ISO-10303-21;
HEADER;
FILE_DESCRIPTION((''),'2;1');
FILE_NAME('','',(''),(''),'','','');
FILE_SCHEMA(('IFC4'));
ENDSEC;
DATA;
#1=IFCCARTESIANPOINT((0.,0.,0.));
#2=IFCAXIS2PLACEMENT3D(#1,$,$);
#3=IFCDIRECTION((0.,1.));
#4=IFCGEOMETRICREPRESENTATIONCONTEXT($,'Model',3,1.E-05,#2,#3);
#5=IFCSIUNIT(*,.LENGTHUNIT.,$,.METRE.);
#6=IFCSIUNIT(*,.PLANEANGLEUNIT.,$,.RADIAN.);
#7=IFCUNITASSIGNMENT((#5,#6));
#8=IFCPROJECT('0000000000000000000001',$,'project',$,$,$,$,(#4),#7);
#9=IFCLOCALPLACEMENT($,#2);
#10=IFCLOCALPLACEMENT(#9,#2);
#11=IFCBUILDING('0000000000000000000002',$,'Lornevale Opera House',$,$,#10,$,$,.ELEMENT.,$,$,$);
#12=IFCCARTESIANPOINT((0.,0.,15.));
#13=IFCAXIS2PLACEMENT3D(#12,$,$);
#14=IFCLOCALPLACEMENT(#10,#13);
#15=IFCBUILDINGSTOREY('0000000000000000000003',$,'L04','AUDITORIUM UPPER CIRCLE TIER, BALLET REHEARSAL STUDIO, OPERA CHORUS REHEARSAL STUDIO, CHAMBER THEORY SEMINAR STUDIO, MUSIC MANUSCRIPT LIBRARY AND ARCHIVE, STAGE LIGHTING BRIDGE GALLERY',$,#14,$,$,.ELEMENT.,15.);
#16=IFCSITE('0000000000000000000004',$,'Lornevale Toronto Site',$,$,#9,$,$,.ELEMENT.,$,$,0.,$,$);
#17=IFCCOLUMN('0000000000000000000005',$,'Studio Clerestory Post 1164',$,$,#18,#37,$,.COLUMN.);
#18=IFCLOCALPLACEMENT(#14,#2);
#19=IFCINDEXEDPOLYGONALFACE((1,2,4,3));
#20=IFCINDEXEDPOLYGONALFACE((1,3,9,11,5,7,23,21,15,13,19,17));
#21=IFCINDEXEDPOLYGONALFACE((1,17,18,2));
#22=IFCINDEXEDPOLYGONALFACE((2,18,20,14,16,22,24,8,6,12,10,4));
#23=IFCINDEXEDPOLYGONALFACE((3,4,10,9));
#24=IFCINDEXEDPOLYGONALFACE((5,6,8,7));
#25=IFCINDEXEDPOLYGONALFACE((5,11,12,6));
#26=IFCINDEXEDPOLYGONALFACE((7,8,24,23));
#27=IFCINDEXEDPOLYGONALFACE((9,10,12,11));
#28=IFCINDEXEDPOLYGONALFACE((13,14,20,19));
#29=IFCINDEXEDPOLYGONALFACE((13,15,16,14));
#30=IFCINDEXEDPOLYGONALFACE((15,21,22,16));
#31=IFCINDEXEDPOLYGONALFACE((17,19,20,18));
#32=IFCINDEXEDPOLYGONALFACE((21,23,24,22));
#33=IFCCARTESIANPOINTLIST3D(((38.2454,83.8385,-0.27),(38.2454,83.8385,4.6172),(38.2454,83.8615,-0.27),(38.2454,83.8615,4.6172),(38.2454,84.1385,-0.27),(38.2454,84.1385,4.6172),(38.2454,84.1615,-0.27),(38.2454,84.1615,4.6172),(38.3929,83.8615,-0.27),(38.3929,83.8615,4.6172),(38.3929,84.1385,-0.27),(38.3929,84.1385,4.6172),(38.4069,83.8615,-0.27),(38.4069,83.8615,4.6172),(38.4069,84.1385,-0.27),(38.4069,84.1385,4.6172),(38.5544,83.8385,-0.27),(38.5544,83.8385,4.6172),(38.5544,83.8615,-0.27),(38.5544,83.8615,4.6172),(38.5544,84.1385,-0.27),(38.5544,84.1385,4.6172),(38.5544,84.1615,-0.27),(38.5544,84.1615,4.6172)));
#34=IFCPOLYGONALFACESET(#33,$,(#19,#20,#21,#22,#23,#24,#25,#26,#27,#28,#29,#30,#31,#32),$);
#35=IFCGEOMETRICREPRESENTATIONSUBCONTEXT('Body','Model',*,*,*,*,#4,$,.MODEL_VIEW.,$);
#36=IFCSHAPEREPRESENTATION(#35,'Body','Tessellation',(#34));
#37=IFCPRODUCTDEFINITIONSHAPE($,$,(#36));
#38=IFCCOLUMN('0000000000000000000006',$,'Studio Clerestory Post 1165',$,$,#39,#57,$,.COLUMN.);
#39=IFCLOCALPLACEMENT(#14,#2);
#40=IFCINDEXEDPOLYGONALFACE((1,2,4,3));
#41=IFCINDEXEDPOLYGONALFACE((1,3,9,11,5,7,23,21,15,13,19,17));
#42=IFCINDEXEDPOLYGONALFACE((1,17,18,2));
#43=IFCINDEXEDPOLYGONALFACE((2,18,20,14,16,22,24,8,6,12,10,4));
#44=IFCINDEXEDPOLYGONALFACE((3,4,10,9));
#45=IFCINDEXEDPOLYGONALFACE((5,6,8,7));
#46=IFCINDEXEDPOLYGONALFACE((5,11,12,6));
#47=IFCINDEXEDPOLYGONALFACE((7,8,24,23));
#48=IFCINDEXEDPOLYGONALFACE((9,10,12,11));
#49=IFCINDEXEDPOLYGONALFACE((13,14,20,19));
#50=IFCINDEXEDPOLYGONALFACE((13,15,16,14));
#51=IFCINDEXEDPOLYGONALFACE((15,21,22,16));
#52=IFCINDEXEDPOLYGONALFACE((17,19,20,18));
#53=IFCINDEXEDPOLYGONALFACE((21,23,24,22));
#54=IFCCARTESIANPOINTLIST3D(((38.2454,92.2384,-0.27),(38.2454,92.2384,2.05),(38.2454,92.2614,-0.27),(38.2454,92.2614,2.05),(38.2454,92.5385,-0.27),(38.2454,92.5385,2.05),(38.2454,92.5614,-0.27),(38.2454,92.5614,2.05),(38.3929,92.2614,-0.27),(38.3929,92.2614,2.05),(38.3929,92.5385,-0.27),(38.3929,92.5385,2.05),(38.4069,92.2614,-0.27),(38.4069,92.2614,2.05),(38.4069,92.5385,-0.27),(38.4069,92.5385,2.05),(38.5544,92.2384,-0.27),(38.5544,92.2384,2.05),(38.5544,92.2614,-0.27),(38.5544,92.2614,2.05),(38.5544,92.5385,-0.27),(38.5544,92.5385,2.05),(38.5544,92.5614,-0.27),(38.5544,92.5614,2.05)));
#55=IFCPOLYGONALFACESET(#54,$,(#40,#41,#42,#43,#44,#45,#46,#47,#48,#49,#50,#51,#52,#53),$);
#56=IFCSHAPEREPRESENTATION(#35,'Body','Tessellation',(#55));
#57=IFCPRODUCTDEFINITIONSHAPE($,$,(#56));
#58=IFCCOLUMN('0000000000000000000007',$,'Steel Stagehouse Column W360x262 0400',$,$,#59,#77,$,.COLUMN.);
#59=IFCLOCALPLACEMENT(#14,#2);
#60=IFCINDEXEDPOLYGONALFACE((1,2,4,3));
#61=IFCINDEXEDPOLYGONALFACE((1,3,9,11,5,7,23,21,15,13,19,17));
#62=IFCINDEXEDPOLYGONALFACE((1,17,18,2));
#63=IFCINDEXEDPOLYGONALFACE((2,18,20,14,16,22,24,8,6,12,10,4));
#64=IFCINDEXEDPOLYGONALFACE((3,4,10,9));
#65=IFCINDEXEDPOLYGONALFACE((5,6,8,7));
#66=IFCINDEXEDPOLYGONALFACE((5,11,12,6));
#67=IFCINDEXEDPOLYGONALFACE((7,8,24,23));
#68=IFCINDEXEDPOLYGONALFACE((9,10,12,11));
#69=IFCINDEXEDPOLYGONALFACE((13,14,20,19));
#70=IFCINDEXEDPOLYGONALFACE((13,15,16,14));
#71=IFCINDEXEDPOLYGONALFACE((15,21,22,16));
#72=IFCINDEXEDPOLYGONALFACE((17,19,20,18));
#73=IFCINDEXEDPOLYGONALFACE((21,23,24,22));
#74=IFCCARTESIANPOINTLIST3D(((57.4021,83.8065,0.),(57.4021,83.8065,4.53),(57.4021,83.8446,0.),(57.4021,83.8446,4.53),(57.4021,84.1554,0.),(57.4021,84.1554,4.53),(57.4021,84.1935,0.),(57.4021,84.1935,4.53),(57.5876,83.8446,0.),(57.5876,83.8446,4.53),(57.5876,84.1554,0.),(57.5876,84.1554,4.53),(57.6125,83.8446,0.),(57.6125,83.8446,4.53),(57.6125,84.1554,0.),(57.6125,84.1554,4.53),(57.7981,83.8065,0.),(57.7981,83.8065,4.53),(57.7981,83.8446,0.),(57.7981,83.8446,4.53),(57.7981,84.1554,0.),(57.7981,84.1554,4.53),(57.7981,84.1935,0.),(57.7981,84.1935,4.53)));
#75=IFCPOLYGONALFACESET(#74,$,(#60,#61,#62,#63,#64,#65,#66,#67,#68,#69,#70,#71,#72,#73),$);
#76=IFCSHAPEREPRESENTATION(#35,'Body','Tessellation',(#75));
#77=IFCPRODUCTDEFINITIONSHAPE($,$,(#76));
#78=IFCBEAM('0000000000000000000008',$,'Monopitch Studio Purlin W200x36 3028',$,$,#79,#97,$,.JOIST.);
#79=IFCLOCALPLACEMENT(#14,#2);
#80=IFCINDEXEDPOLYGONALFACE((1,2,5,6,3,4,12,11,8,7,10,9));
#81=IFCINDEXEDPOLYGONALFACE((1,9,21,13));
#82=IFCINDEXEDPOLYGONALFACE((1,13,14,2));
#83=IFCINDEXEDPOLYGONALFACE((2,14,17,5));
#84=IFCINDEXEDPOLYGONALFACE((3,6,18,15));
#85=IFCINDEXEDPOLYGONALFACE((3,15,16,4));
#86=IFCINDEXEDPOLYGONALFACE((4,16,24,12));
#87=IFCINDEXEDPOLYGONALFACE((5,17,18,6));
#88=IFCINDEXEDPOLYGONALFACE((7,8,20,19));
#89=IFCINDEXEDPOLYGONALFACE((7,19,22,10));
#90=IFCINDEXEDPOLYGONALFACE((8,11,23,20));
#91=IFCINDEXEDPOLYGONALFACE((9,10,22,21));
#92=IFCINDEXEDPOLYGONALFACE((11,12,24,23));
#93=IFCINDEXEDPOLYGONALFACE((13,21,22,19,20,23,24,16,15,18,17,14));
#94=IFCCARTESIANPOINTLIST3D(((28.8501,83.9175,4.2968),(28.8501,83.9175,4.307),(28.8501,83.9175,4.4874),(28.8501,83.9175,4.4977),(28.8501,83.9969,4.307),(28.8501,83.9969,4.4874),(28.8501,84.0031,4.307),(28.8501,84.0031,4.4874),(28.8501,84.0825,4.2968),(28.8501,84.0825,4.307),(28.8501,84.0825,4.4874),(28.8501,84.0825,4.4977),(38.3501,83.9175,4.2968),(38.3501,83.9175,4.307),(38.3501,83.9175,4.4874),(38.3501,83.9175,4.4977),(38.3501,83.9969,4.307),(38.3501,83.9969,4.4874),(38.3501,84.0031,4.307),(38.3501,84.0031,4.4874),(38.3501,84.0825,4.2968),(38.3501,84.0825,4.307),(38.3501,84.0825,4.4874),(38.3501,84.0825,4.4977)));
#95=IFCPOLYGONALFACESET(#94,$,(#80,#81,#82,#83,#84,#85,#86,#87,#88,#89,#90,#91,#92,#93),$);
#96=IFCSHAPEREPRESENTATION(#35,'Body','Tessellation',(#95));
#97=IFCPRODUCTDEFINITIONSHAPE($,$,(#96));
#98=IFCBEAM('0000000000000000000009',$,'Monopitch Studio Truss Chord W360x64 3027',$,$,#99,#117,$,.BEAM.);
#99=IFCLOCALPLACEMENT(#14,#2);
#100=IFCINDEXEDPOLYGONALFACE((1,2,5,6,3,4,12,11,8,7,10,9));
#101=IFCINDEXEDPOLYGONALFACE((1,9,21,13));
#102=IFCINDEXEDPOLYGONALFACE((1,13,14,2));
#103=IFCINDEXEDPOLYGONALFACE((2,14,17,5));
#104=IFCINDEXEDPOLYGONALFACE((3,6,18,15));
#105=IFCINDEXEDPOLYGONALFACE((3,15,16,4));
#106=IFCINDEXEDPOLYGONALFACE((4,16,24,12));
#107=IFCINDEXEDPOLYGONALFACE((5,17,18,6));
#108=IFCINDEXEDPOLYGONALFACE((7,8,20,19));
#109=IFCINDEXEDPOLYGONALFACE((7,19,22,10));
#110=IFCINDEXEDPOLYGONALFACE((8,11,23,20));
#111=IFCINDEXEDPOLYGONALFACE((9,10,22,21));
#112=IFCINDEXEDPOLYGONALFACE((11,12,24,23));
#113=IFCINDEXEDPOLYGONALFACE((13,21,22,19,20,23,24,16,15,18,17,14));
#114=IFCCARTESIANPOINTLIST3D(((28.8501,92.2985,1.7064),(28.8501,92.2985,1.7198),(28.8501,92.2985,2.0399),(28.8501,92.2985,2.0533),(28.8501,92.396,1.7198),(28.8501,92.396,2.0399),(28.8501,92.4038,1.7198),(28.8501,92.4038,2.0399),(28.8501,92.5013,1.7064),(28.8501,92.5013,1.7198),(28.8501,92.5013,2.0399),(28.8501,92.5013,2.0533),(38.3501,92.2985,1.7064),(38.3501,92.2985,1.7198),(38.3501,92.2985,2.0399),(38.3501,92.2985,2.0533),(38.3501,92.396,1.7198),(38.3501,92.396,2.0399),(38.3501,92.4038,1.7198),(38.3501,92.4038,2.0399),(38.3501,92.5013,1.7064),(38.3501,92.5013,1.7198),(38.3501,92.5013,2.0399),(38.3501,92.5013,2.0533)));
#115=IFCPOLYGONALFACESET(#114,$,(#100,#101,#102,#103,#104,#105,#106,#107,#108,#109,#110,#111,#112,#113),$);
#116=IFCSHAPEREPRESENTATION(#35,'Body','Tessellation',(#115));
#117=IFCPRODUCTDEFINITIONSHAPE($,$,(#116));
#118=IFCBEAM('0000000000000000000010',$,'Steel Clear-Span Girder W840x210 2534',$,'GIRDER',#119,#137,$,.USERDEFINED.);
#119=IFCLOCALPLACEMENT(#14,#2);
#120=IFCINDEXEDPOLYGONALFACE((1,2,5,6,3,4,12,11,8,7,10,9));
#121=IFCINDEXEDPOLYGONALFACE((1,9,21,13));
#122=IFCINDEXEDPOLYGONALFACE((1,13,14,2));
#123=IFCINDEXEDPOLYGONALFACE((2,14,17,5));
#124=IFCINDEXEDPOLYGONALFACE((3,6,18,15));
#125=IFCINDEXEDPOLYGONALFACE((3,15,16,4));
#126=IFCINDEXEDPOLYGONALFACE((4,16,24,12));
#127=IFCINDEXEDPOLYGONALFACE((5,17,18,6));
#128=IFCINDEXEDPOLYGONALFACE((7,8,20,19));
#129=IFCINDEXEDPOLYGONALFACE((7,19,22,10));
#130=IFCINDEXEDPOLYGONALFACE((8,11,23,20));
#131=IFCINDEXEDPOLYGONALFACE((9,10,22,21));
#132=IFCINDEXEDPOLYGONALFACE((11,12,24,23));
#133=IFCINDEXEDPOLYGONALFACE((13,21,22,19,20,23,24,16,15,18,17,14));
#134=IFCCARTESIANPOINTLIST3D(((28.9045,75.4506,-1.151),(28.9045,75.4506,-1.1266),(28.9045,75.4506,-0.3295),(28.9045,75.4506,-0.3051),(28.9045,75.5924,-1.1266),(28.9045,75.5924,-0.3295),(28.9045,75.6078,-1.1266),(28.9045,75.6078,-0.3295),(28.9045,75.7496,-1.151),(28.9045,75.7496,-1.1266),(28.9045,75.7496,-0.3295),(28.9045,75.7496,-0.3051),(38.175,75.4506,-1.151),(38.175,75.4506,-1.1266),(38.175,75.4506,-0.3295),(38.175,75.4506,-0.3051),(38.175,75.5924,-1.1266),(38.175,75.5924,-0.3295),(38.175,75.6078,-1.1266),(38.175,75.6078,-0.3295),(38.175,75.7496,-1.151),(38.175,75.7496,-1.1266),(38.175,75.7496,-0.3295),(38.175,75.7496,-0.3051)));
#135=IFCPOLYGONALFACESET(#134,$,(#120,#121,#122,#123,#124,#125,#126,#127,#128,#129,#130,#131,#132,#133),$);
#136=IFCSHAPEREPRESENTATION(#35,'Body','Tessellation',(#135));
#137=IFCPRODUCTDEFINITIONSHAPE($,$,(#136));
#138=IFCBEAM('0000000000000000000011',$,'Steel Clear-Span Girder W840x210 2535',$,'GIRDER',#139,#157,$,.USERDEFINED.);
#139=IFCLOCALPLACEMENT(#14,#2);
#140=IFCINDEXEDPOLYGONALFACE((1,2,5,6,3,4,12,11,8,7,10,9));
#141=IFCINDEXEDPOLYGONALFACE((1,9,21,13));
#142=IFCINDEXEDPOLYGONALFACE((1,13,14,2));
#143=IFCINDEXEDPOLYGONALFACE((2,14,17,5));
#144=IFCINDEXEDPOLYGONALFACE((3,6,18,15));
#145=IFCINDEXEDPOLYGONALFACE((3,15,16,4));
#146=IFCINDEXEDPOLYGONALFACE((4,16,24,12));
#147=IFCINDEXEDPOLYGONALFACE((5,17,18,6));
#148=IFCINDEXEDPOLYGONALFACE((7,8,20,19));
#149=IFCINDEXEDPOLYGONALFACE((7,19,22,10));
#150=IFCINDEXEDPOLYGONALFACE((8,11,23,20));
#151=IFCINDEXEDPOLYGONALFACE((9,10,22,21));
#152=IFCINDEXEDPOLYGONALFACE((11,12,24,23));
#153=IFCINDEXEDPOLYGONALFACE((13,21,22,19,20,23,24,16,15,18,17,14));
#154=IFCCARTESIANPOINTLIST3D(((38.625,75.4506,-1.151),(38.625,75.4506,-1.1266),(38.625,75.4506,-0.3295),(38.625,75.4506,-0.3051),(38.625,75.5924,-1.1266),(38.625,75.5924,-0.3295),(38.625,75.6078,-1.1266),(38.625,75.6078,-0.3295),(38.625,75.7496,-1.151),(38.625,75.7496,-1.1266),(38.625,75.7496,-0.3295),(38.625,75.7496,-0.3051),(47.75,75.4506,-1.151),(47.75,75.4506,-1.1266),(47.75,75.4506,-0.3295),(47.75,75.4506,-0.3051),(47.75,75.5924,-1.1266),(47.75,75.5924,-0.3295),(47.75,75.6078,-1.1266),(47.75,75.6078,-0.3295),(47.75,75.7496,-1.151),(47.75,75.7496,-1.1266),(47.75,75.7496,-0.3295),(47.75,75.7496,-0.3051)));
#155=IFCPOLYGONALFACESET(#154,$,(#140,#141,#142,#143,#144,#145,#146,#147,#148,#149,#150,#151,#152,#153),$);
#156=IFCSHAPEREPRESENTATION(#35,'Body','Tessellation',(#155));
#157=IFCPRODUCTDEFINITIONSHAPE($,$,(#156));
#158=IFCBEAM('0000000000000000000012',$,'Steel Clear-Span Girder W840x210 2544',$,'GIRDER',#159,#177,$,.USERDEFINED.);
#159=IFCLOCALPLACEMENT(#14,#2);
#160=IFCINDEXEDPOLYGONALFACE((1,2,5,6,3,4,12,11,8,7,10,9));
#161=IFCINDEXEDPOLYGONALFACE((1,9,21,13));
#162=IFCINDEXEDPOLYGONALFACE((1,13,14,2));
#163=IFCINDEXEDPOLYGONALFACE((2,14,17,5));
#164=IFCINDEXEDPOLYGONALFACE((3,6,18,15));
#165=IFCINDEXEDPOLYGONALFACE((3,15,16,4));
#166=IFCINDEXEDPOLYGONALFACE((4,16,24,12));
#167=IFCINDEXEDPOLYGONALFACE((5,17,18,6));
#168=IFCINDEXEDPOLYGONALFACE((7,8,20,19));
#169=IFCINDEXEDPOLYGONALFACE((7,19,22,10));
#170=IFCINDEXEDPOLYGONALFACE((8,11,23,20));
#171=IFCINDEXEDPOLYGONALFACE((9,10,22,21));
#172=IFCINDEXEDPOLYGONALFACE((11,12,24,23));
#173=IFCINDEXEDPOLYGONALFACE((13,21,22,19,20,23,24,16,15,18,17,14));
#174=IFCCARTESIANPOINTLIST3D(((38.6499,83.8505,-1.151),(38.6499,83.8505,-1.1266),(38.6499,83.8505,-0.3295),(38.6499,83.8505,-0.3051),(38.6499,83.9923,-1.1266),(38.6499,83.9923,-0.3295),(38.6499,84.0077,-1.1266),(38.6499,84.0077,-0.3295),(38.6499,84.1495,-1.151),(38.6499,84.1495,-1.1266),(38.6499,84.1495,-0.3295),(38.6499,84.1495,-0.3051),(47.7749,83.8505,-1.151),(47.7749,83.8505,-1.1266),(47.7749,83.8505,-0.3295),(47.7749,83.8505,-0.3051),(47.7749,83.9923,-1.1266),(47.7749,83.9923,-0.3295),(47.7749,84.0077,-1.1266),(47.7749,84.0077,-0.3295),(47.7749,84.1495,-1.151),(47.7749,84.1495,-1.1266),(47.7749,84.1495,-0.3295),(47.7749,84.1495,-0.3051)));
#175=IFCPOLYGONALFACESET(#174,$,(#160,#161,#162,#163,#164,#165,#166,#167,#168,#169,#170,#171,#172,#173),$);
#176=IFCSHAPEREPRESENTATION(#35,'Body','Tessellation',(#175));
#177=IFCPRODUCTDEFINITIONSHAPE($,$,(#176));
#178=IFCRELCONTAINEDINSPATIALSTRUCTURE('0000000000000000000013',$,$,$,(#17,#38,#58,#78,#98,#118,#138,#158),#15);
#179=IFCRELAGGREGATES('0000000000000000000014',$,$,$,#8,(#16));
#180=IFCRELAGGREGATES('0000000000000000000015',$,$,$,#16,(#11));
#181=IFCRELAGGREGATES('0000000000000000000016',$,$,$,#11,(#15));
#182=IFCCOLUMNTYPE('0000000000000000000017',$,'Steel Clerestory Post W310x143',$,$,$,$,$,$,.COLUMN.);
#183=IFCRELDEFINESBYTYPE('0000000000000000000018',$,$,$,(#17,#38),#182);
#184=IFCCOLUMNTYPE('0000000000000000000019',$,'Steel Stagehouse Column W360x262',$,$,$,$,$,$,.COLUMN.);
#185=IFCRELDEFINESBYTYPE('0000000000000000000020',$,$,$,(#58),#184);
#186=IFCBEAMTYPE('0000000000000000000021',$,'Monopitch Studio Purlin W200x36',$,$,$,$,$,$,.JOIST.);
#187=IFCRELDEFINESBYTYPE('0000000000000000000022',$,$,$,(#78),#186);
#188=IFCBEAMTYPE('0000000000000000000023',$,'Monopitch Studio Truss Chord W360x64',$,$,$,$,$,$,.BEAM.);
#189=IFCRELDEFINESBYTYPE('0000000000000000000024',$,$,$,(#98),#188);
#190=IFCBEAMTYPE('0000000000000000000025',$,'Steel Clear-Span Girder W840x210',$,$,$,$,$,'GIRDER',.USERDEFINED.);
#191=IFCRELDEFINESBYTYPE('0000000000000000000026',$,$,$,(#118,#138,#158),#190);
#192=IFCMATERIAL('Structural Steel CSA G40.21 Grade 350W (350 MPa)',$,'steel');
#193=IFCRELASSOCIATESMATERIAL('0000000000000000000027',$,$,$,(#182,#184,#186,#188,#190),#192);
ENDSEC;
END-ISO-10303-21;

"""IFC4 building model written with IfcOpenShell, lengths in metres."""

from ifc_helpers import new_model, si_unit, direction, frame, origin, origin_2d, place, context, subcontext, project, spatial, i_section, extrude, material, material_profile, profile_set, type_object, element, save


model = new_model("IFC4")

# Units and contexts
model_context = context("Model", 3, precision=1e-05, world=origin(), true_north=direction((0.0, 1.0)))
body_context = subcontext(model_context, "Body", "Model", "MODEL_VIEW")
ifc_project = project(units=[si_unit("LENGTHUNIT", "METRE"), si_unit("PLANEANGLEUNIT", "RADIAN")], contexts=[model_context])

# Site, building, storey
site_placement = place(None, origin())
site = spatial("IfcSite", under=ifc_project, at=site_placement, Name="Lornevale Toronto Site", CompositionType="ELEMENT", RefElevation=0.0)
building_placement = place(site_placement, origin())
building = spatial("IfcBuilding", under=site, at=building_placement, Name="Lornevale Opera House", CompositionType="ELEMENT")
storey_placement = place(building_placement, frame((0.0, 0.0, 15.0)))
storey = spatial("IfcBuildingStorey", under=building, at=storey_placement, Name="L04", Description="AUDITORIUM UPPER CIRCLE TIER, BALLET REHEARSAL STUDIO, OPERA CHORUS REHEARSAL STUDIO, CHAMBER THEORY SEMINAR STUDIO, MUSIC MANUSCRIPT LIBRARY AND ARCHIVE, STAGE LIGHTING BRIDGE GALLERY", CompositionType="ELEMENT", Elevation=15.0)

# Columns
ifc_material_1 = material(Name="Structural Steel CSA G40.21 Grade 350W (350 MPa)", Category="steel")
ifc_material_profile_1 = material_profile(ifc_material_1, i_section(OverallWidth=0.3091, OverallDepth=0.323, WebThickness=0.0139, FlangeThickness=0.0229, at=origin_2d()), Name="W310x143")
ifc_profile_set_1 = profile_set([ifc_material_profile_1], Name="Structural Steel CSA G40.21 Grade 350W (350 MPa)")
column_type_1 = type_object("IfcColumnType", Name="Steel Clerestory Post W310x143", PredefinedType="COLUMN", material=ifc_profile_set_1)
column_1_placement = place(storey_placement, frame((38.3999, 84.0, -0.27), z_axis=(0.0, 0.0, 1.0), x_axis=(1.0, 0.0, 0.0)))
element("IfcColumn", 1, at=column_1_placement, inside=storey, type_object=column_type_1, Name="Studio Clerestory Post 1164", PredefinedType="COLUMN", context=body_context, shape_type="SweptSolid", body=[
    extrude(i_section(OverallWidth=0.3091, OverallDepth=0.323, WebThickness=0.0139, FlangeThickness=0.0229, at=origin_2d()), origin(), (0.0, 0.0, 1.0), 4.8872),
])
column_2_placement = place(storey_placement, frame((38.3999, 92.3999, -0.27), z_axis=(0.0, 0.0, 1.0), x_axis=(1.0, 0.0, 0.0)))
element("IfcColumn", 2, at=column_2_placement, inside=storey, type_object=column_type_1, Name="Studio Clerestory Post 1165", PredefinedType="COLUMN", context=body_context, shape_type="SweptSolid", body=[
    extrude(i_section(OverallWidth=0.3091, OverallDepth=0.323, WebThickness=0.0139, FlangeThickness=0.0229, at=origin_2d()), origin(), (0.0, 0.0, 1.0), 2.3201),
])
ifc_material_profile_2 = material_profile(ifc_material_1, i_section(OverallWidth=0.396, OverallDepth=0.387, WebThickness=0.0249, FlangeThickness=0.0381, at=origin_2d()), Name="W360x262")
ifc_profile_set_2 = profile_set([ifc_material_profile_2], Name="Structural Steel CSA G40.21 Grade 350W (350 MPa)")
column_type_2 = type_object("IfcColumnType", Name="Steel Stagehouse Column W360x262", PredefinedType="COLUMN", material=ifc_profile_set_2)
column_3_placement = place(storey_placement, frame((57.6001, 84.0, 0.0), z_axis=(0.0, 0.0, 1.0), x_axis=(1.0, 0.0, 0.0)))
element("IfcColumn", 3, at=column_3_placement, inside=storey, type_object=column_type_2, Name="Steel Stagehouse Column W360x262 0400", PredefinedType="COLUMN", context=body_context, shape_type="SweptSolid", body=[
    extrude(i_section(OverallWidth=0.396, OverallDepth=0.387, WebThickness=0.0249, FlangeThickness=0.0381, at=origin_2d()), origin(), (0.0, 0.0, 1.0), 4.53),
])

# Beams
ifc_material_profile_3 = material_profile(ifc_material_1, i_section(OverallWidth=0.165, OverallDepth=0.2009, WebThickness=0.0061, FlangeThickness=0.0103, at=origin_2d()), Name="W200x36")
ifc_profile_set_3 = profile_set([ifc_material_profile_3], Name="Structural Steel CSA G40.21 Grade 350W (350 MPa)")
beam_type_1 = type_object("IfcBeamType", Name="Monopitch Studio Purlin W200x36", PredefinedType="JOIST", material=ifc_profile_set_3)
beam_1_placement = place(storey_placement, frame((28.8501, 84.0, 4.3972), z_axis=(1.0, 0.0, 0.0), x_axis=(0.0, 1.0, 0.0)))
element("IfcBeam", 4, at=beam_1_placement, inside=storey, type_object=beam_type_1, Name="Monopitch Studio Purlin W200x36 3028", PredefinedType="JOIST", context=body_context, shape_type="SweptSolid", body=[
    extrude(i_section(OverallWidth=0.165, OverallDepth=0.2009, WebThickness=0.0061, FlangeThickness=0.0103, at=origin_2d()), origin(), (0.0, 0.0, 1.0), 9.5),
])
ifc_material_profile_4 = material_profile(ifc_material_1, i_section(OverallWidth=0.2029, OverallDepth=0.3469, WebThickness=0.0078, FlangeThickness=0.0134, at=origin_2d()), Name="W360x64")
ifc_profile_set_4 = profile_set([ifc_material_profile_4], Name="Structural Steel CSA G40.21 Grade 350W (350 MPa)")
beam_type_2 = type_object("IfcBeamType", Name="Monopitch Studio Truss Chord W360x64", PredefinedType="BEAM", material=ifc_profile_set_4)
beam_2_placement = place(storey_placement, frame((28.8501, 92.3999, 1.8799), z_axis=(1.0, 0.0, 0.0), x_axis=(0.0, 1.0, 0.0)))
element("IfcBeam", 5, at=beam_2_placement, inside=storey, type_object=beam_type_2, Name="Monopitch Studio Truss Chord W360x64 3027", PredefinedType="BEAM", context=body_context, shape_type="SweptSolid", body=[
    extrude(i_section(OverallWidth=0.2029, OverallDepth=0.3469, WebThickness=0.0078, FlangeThickness=0.0134, at=origin_2d()), origin(), (0.0, 0.0, 1.0), 9.5),
])
ifc_material_profile_5 = material_profile(ifc_material_1, i_section(OverallWidth=0.2991, OverallDepth=0.8459, WebThickness=0.0154, FlangeThickness=0.0244, at=origin_2d()), Name="W840x210")
ifc_profile_set_5 = profile_set([ifc_material_profile_5], Name="Structural Steel CSA G40.21 Grade 350W (350 MPa)")
beam_type_3 = type_object("IfcBeamType", Name="Steel Clear-Span Girder W840x210", ElementType="GIRDER", PredefinedType="USERDEFINED", material=ifc_profile_set_5)
beam_3_placement = place(storey_placement, frame((28.9045, 75.6001, -0.728), z_axis=(1.0, 0.0, 0.0), x_axis=(0.0, 1.0, 0.0)))
element("IfcBeam", 6, at=beam_3_placement, inside=storey, type_object=beam_type_3, Name="Steel Clear-Span Girder W840x210 2534", ObjectType="GIRDER", PredefinedType="USERDEFINED", context=body_context, shape_type="SweptSolid", body=[
    extrude(i_section(OverallWidth=0.2991, OverallDepth=0.8459, WebThickness=0.0154, FlangeThickness=0.0244, at=origin_2d()), origin(), (0.0, 0.0, 1.0), 9.2705),
])
for number, where, z_axis, x_axis, name in (
    (7, (38.625, 75.6001, -0.728), (1.0, 0.0, 0.0), (0.0, 1.0, 0.0), "Steel Clear-Span Girder W840x210 2535"),
    (8, (38.6499, 84.0, -0.728), (1.0, 0.0, 0.0), (0.0, 1.0, 0.0), "Steel Clear-Span Girder W840x210 2544"),
):
    element("IfcBeam", number, at=place(storey_placement, frame(where, z_axis=z_axis, x_axis=x_axis)), inside=storey, type_object=beam_type_3, Name=name, ObjectType="GIRDER", PredefinedType="USERDEFINED", context=body_context, shape_type="SweptSolid", body=[
        extrude(i_section(OverallWidth=0.2991, OverallDepth=0.8459, WebThickness=0.0154, FlangeThickness=0.0244, at=origin_2d()), origin(), (0.0, 0.0, 1.0), 9.125),
    ])

save(model, "model.ifc")
